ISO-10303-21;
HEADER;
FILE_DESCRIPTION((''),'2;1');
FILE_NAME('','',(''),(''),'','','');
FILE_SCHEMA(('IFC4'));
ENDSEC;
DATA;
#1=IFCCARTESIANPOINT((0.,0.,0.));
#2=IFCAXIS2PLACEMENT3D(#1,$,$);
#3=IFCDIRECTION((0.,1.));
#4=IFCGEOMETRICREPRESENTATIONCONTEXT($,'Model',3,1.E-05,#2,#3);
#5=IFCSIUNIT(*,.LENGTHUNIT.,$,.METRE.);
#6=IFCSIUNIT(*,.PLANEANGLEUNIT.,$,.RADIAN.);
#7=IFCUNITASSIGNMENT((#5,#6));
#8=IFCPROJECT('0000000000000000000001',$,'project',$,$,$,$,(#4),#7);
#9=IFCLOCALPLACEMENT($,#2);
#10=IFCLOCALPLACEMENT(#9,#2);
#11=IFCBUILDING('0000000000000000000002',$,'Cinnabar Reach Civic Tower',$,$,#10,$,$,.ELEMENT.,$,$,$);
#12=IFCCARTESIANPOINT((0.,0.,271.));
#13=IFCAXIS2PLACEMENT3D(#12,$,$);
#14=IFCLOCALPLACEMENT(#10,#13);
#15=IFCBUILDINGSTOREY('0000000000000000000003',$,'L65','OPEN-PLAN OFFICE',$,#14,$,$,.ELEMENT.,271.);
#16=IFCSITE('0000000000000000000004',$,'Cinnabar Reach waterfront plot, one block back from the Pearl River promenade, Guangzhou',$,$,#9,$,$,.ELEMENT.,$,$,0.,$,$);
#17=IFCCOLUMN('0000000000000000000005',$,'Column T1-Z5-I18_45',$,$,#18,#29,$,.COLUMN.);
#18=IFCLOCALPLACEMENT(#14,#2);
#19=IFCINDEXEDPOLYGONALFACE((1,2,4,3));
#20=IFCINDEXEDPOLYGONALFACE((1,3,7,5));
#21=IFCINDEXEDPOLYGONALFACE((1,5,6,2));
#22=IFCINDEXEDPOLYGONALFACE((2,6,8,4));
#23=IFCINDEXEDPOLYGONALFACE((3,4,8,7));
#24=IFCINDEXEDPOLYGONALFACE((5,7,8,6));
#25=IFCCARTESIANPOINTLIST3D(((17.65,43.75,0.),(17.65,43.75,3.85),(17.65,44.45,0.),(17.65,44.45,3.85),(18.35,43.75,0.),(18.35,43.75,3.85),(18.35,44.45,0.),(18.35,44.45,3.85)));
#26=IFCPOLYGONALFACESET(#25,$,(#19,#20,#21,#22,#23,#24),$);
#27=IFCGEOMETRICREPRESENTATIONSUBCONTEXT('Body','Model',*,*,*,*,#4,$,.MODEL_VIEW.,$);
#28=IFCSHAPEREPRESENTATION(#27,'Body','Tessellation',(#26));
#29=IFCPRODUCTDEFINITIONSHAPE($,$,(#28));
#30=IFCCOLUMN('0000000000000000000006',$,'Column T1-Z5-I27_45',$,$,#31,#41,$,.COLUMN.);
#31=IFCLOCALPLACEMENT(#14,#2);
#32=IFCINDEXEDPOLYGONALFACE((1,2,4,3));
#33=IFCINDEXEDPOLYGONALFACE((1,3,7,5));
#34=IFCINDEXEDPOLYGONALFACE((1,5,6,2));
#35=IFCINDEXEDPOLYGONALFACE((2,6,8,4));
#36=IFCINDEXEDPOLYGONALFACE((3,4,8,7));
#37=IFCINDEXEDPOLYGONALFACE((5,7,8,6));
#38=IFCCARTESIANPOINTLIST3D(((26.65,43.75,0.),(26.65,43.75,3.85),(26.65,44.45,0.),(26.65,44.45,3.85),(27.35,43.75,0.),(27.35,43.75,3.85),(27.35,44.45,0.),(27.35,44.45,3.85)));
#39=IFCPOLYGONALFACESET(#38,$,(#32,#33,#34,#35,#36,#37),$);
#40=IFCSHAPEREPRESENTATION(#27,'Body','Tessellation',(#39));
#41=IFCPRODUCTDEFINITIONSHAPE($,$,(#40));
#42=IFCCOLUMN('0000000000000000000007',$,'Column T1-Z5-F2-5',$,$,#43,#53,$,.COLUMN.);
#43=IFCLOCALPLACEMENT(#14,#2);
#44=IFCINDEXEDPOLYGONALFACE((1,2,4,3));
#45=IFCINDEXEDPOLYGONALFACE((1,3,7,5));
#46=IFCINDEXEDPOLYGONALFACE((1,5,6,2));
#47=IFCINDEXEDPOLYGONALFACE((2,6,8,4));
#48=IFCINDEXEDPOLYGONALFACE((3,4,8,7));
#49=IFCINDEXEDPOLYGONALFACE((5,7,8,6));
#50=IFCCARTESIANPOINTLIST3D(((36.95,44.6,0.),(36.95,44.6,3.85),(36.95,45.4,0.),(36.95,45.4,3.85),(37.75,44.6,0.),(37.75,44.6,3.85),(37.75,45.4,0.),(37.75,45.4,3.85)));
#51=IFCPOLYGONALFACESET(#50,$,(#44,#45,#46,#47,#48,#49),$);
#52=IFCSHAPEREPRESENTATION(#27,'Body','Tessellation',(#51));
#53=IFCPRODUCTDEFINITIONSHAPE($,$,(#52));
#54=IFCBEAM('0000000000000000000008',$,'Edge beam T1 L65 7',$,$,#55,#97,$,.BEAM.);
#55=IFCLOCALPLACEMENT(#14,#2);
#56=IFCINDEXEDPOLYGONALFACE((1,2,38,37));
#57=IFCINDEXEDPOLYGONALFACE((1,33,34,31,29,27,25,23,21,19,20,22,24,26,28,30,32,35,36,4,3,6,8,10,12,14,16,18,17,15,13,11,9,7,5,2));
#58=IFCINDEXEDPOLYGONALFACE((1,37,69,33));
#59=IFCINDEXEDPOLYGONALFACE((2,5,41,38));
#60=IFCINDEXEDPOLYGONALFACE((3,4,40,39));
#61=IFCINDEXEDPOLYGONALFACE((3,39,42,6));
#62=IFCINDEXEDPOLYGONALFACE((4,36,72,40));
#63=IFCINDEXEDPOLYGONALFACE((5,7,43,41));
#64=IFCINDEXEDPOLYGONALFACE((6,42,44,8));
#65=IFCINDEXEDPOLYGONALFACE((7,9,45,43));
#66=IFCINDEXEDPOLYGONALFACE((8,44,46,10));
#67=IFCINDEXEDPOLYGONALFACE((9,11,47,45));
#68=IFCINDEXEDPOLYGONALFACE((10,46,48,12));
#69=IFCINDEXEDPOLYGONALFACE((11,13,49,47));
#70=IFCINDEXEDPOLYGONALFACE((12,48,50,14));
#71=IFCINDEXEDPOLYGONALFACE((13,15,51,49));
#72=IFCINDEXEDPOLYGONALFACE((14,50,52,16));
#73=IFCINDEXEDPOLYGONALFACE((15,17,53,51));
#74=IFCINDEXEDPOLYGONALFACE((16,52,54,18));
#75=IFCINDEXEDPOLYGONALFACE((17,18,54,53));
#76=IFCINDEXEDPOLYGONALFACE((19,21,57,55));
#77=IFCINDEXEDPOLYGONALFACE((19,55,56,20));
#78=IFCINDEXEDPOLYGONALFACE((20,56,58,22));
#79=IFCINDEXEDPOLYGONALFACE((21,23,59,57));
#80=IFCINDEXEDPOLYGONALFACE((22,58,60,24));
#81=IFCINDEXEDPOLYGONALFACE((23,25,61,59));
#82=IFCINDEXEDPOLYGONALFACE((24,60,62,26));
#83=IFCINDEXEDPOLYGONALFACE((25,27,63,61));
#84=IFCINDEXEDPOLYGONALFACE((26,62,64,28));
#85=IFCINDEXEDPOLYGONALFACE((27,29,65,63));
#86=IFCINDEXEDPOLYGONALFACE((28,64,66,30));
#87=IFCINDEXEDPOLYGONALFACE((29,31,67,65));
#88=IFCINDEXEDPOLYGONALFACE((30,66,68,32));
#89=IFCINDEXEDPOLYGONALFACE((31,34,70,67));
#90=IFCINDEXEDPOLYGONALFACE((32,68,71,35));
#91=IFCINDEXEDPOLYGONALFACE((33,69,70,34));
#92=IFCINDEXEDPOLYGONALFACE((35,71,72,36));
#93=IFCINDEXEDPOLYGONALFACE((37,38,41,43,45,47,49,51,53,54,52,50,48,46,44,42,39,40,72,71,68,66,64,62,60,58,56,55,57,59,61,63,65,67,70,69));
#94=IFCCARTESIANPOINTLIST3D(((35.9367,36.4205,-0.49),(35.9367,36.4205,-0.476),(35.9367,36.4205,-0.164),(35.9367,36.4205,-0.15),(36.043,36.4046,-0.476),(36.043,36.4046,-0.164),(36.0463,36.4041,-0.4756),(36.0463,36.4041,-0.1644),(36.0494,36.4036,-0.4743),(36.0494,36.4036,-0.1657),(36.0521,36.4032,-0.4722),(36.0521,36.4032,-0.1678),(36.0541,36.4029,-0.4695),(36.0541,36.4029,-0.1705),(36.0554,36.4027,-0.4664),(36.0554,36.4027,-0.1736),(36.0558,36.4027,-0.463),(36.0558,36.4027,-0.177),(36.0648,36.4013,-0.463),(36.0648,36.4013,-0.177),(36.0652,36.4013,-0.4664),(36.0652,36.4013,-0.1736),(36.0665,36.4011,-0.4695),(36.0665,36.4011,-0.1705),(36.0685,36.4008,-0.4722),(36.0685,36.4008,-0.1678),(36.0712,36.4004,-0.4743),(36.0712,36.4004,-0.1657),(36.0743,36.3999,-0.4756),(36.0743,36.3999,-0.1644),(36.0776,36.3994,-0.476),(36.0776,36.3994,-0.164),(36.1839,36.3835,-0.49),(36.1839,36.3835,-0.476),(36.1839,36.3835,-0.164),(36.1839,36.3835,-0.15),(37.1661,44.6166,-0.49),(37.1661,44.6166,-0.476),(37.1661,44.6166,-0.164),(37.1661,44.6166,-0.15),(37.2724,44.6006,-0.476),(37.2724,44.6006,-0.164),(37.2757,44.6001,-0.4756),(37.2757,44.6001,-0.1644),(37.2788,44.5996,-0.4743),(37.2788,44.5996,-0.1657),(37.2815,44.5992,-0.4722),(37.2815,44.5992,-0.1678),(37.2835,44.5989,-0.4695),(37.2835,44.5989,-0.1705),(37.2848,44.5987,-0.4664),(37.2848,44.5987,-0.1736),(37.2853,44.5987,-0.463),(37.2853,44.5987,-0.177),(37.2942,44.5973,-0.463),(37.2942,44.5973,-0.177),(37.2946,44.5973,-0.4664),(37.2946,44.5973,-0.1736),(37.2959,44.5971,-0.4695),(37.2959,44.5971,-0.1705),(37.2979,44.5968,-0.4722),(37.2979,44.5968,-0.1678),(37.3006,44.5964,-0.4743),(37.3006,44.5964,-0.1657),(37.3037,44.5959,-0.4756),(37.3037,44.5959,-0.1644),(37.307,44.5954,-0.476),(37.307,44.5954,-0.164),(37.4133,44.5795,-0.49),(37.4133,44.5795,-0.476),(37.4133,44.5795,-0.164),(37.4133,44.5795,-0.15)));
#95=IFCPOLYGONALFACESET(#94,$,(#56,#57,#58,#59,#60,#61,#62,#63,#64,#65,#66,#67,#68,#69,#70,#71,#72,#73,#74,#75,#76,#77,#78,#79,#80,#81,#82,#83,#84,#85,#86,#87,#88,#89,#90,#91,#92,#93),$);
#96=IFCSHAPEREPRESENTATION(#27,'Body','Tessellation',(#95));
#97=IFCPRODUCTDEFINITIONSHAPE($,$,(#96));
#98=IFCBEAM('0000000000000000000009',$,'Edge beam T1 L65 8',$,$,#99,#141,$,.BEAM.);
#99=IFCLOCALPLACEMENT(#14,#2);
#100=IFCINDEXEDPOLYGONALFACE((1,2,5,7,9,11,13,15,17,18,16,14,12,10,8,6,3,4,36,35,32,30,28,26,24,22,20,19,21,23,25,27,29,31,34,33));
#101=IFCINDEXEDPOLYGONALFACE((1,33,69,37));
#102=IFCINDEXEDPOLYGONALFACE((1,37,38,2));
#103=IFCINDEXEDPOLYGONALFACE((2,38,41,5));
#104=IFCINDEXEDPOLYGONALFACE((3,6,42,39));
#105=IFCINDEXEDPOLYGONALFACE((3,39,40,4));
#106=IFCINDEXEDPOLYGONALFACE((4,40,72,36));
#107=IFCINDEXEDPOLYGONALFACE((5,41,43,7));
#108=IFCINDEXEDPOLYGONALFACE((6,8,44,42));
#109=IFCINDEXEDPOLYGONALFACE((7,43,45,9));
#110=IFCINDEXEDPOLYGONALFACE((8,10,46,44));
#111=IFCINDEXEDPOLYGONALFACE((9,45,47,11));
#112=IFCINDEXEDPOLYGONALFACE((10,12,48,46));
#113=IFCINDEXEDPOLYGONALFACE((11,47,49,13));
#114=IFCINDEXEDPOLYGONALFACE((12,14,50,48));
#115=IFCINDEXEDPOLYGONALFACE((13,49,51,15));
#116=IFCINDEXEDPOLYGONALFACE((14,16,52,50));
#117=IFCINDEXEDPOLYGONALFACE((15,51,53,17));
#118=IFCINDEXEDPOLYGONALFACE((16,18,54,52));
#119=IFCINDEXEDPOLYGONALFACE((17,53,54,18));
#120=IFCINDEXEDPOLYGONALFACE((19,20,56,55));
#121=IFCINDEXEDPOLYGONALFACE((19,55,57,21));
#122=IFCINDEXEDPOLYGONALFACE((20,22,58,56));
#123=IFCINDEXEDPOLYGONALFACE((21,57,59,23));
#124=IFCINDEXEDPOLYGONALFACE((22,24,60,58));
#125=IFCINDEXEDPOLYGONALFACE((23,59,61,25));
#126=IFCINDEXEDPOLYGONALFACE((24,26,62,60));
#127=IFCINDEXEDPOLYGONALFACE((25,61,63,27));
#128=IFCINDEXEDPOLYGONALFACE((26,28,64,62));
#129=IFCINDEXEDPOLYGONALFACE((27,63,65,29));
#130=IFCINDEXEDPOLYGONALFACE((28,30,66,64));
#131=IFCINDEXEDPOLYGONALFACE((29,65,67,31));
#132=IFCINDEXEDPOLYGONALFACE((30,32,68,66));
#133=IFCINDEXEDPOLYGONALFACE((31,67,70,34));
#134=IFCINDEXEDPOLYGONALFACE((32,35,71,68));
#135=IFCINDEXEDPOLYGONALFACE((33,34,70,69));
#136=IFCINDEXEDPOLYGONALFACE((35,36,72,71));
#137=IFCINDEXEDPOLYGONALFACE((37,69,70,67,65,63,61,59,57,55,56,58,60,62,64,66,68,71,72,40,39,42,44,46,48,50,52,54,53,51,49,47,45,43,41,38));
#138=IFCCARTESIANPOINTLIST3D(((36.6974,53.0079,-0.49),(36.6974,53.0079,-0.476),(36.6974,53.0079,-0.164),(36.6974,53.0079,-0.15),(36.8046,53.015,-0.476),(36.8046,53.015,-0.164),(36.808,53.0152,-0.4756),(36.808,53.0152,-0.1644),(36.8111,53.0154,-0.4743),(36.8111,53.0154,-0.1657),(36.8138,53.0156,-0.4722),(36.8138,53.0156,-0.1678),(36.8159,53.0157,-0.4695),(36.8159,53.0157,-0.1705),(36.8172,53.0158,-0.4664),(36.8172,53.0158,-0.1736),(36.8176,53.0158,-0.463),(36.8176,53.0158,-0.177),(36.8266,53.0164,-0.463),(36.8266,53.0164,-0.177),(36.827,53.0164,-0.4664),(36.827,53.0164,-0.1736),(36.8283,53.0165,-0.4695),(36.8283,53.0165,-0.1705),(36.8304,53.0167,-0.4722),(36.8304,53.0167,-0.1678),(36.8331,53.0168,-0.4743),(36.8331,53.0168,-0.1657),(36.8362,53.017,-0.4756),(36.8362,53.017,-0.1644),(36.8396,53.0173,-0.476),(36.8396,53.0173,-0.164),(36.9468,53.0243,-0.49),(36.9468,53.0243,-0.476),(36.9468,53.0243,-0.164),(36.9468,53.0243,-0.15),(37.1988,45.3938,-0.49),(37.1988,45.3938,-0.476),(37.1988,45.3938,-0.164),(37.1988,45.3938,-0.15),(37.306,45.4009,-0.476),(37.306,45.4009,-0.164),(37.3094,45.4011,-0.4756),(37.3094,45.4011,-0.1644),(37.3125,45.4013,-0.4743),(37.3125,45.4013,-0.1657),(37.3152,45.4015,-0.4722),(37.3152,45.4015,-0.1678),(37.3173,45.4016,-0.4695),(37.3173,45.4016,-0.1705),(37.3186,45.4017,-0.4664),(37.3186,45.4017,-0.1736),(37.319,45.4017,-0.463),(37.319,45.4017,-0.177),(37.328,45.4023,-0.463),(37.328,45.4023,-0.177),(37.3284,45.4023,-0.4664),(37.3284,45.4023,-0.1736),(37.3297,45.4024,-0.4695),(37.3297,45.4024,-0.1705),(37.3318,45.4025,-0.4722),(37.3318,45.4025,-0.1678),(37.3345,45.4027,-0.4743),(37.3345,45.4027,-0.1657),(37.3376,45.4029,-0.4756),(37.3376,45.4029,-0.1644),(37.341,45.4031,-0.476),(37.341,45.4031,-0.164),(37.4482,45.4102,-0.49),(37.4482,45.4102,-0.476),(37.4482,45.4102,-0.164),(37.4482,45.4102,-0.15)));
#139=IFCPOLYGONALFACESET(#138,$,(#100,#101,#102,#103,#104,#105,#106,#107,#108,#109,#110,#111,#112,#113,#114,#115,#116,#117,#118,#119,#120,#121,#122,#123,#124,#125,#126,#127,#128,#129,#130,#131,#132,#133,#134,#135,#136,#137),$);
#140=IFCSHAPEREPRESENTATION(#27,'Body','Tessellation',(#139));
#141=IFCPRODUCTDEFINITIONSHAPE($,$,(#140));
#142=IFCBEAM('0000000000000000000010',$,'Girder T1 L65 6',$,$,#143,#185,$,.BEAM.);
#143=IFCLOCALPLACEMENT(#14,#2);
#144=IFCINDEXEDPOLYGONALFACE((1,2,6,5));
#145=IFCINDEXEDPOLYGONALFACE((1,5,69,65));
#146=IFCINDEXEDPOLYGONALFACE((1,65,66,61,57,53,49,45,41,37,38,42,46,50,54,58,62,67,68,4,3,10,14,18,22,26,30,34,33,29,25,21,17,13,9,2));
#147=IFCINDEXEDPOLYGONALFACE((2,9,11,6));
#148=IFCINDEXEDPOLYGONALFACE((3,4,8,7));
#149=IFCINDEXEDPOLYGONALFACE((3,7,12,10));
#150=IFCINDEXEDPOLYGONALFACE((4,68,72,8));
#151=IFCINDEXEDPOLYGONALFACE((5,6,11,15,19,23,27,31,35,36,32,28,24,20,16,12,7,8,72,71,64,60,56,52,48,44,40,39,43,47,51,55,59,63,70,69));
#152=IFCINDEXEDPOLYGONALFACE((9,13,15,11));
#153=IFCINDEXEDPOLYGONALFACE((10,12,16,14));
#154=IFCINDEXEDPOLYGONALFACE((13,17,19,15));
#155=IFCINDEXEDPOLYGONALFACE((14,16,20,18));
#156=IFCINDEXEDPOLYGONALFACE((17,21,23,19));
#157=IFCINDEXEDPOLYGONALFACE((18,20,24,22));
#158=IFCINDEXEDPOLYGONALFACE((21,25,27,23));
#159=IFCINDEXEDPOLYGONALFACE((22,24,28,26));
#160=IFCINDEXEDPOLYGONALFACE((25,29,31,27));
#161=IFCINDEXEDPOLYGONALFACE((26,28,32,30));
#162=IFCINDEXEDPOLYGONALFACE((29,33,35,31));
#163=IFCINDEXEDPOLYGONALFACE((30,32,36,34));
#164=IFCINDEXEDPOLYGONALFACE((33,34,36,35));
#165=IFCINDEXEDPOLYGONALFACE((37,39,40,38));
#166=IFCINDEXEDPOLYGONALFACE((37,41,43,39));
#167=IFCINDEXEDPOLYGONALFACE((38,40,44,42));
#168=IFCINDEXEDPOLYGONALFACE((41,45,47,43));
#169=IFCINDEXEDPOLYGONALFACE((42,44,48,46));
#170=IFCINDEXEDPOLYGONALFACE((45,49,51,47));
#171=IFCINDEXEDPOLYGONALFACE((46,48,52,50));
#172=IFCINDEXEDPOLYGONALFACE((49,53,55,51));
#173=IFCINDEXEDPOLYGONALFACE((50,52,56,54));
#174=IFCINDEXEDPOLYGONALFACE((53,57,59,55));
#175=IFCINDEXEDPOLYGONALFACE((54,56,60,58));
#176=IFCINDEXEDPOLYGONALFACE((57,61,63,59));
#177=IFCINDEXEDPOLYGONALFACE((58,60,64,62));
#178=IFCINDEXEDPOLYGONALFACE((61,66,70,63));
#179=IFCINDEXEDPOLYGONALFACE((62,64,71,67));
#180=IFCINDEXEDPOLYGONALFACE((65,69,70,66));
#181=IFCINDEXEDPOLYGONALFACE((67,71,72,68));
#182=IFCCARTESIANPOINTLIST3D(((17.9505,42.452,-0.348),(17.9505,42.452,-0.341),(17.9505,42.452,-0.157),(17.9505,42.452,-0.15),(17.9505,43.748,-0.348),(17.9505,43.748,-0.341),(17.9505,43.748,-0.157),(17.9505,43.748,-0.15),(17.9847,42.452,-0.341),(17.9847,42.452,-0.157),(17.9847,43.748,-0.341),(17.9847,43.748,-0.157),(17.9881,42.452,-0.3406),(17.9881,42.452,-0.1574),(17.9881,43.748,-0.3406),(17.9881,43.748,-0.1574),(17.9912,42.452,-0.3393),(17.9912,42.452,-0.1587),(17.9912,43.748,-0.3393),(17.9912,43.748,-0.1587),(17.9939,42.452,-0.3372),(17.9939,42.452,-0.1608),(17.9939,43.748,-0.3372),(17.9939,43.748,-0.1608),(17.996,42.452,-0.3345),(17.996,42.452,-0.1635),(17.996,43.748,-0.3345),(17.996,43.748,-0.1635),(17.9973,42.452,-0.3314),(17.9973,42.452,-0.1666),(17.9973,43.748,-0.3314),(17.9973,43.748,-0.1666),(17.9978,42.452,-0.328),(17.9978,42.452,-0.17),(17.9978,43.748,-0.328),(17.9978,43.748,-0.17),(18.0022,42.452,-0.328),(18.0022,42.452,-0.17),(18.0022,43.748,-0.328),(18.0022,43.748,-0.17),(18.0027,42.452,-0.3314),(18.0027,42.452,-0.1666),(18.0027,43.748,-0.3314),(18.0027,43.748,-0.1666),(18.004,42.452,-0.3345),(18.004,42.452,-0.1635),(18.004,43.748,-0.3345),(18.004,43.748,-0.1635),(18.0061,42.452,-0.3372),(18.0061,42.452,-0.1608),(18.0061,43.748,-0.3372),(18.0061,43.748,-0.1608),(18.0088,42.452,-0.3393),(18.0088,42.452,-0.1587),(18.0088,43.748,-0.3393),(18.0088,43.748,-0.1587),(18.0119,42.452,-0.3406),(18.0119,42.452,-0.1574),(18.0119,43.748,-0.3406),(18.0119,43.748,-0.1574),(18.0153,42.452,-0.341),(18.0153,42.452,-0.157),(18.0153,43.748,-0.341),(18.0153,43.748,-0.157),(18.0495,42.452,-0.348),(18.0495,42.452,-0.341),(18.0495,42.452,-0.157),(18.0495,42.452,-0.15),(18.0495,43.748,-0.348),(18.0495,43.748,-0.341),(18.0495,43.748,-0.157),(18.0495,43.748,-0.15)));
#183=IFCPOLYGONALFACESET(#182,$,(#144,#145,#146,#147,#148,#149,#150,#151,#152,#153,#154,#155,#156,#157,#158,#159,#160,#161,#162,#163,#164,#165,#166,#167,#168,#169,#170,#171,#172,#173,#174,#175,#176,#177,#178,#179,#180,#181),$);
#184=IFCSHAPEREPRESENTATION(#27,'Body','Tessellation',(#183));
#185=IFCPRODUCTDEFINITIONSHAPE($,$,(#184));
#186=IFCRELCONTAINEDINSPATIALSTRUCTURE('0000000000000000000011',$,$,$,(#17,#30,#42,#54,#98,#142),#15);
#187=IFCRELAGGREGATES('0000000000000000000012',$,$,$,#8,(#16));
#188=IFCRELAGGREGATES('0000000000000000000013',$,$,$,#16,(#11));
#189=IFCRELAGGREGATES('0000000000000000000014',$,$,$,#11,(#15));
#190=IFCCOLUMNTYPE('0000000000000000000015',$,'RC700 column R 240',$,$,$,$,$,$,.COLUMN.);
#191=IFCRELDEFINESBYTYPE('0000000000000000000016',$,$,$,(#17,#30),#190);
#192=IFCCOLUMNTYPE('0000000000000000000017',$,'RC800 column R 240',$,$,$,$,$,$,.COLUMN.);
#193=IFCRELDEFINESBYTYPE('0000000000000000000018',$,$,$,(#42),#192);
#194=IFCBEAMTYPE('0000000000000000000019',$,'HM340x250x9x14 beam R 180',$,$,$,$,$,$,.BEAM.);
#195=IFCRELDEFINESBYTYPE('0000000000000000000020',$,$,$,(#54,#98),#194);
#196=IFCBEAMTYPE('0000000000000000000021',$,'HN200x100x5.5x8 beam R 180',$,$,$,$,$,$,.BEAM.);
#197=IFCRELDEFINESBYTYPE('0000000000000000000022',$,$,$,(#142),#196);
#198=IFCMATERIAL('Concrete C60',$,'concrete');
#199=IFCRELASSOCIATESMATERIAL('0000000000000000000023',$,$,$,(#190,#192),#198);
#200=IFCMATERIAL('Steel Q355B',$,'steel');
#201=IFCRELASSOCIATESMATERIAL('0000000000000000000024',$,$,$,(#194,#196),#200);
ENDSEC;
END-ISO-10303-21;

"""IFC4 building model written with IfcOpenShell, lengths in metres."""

from ifc_helpers import new_model, si_unit, direction, frame, origin, origin_2d, place, context, subcontext, project, spatial, rectangle, i_section, extrude, material, material_profile, profile_set, type_object, element, save


model = new_model("IFC4")

# Units and contexts
model_context = context("Model", 3, precision=1e-05, world=origin(), true_north=direction((0.0, 1.0)))
body_context = subcontext(model_context, "Body", "Model", "MODEL_VIEW")
ifc_project = project(units=[si_unit("LENGTHUNIT", "METRE"), si_unit("PLANEANGLEUNIT", "RADIAN")], contexts=[model_context])

# Site, building, storey
site_placement = place(None, origin())
site = spatial("IfcSite", under=ifc_project, at=site_placement, Name="Cinnabar Reach waterfront plot, one block back from the Pearl River promenade, Guangzhou", CompositionType="ELEMENT", RefElevation=0.0)
building_placement = place(site_placement, origin())
building = spatial("IfcBuilding", under=site, at=building_placement, Name="Cinnabar Reach Civic Tower", CompositionType="ELEMENT")
storey_placement = place(building_placement, frame((0.0, 0.0, 271.0)))
storey = spatial("IfcBuildingStorey", under=building, at=storey_placement, Name="L65", Description="OPEN-PLAN OFFICE", CompositionType="ELEMENT", Elevation=271.0)

# Columns
ifc_material_1 = material(Name="Concrete C60", Category="concrete")
ifc_material_profile_1 = material_profile(ifc_material_1, rectangle(XDim=0.7, YDim=0.7, at=origin_2d()), Name="RC700")
ifc_profile_set_1 = profile_set([ifc_material_profile_1], Name="Concrete C60")
column_type_1 = type_object("IfcColumnType", Name="RC700 column R 240", PredefinedType="COLUMN", material=ifc_profile_set_1)
for number, where, z_axis, x_axis, name in (
    (1, (18.0, 44.1, 0.0), (0.0, 0.0, 1.0), (1.0, 0.0, 0.0), "Column T1-Z5-I18_45"),
    (2, (27.0, 44.1, 0.0), (0.0, 0.0, 1.0), (1.0, 0.0, 0.0), "Column T1-Z5-I27_45"),
):
    element("IfcColumn", number, at=place(storey_placement, frame(where, z_axis=z_axis, x_axis=x_axis)), inside=storey, type_object=column_type_1, Name=name, PredefinedType="COLUMN", context=body_context, shape_type="SweptSolid", body=[
        extrude(rectangle(XDim=0.7, YDim=0.7, at=origin_2d()), origin(), (0.0, 0.0, 1.0), 3.85),
    ])
ifc_material_profile_2 = material_profile(ifc_material_1, rectangle(XDim=0.8, YDim=0.8, at=origin_2d()), Name="RC800")
ifc_profile_set_2 = profile_set([ifc_material_profile_2], Name="Concrete C60")
column_type_2 = type_object("IfcColumnType", Name="RC800 column R 240", PredefinedType="COLUMN", material=ifc_profile_set_2)
column_placement = place(storey_placement, frame((37.35, 45.0, 0.0), z_axis=(0.0, 0.0, 1.0), x_axis=(1.0, 0.0, 0.0)))
element("IfcColumn", 3, at=column_placement, inside=storey, type_object=column_type_2, Name="Column T1-Z5-F2-5", PredefinedType="COLUMN", context=body_context, shape_type="SweptSolid", body=[
    extrude(rectangle(XDim=0.8, YDim=0.8, at=origin_2d()), origin(), (0.0, 0.0, 1.0), 3.85),
])

# Beams
ifc_material_2 = material(Name="Steel Q355B", Category="steel")
ifc_material_profile_3 = material_profile(ifc_material_2, i_section(OverallWidth=0.25, OverallDepth=0.34, WebThickness=0.009, FlangeThickness=0.014, FilletRadius=0.013, at=origin_2d()), Name="HM340x250x9x14")
ifc_profile_set_3 = profile_set([ifc_material_profile_3], Name="Steel Q355B")
beam_type_1 = type_object("IfcBeamType", Name="HM340x250x9x14 beam R 180", PredefinedType="BEAM", material=ifc_profile_set_3)
beam_1_placement = place(storey_placement, frame((36.0603, 36.402, -0.32), z_axis=(0.14834, 0.988936, 0.0), x_axis=(-0.988936, 0.14834, 0.0)))
element("IfcBeam", 4, at=beam_1_placement, inside=storey, type_object=beam_type_1, Name="Edge beam T1 L65 7", PredefinedType="BEAM", context=body_context, shape_type="SweptSolid", body=[
    extrude(i_section(OverallWidth=0.25, OverallDepth=0.34, WebThickness=0.009, FlangeThickness=0.014, FilletRadius=0.013, at=origin_2d()), origin(), (0.0, 0.0, 1.0), 8.2877),
])
beam_2_placement = place(storey_placement, frame((37.3235, 45.402, -0.32), z_axis=(-0.065709, 0.997839, 0.0), x_axis=(-0.997839, -0.065709, 0.0)))
element("IfcBeam", 5, at=beam_2_placement, inside=storey, type_object=beam_type_1, Name="Edge beam T1 L65 8", PredefinedType="BEAM", context=body_context, shape_type="SweptSolid", body=[
    extrude(i_section(OverallWidth=0.25, OverallDepth=0.34, WebThickness=0.009, FlangeThickness=0.014, FilletRadius=0.013, at=origin_2d()), origin(), (0.0, 0.0, 1.0), 7.6306),
])
ifc_material_profile_4 = material_profile(ifc_material_2, i_section(OverallWidth=0.099, OverallDepth=0.198, WebThickness=0.0045, FlangeThickness=0.007, FilletRadius=0.013, at=origin_2d()), Name="HN200x100x5.5x8")
ifc_profile_set_4 = profile_set([ifc_material_profile_4], Name="Steel Q355B")
beam_type_2 = type_object("IfcBeamType", Name="HN200x100x5.5x8 beam R 180", PredefinedType="BEAM", material=ifc_profile_set_4)
beam_3_placement = place(storey_placement, frame((18.0, 42.452, -0.249), z_axis=(0.0, 1.0, 0.0), x_axis=(-1.0, 0.0, 0.0)))
element("IfcBeam", 6, at=beam_3_placement, inside=storey, type_object=beam_type_2, Name="Girder T1 L65 6", PredefinedType="BEAM", context=body_context, shape_type="SweptSolid", body=[
    extrude(i_section(OverallWidth=0.099, OverallDepth=0.198, WebThickness=0.0045, FlangeThickness=0.007, FilletRadius=0.013, at=origin_2d()), origin(), (0.0, 0.0, 1.0), 1.296),
])

save(model, "model.ifc")
